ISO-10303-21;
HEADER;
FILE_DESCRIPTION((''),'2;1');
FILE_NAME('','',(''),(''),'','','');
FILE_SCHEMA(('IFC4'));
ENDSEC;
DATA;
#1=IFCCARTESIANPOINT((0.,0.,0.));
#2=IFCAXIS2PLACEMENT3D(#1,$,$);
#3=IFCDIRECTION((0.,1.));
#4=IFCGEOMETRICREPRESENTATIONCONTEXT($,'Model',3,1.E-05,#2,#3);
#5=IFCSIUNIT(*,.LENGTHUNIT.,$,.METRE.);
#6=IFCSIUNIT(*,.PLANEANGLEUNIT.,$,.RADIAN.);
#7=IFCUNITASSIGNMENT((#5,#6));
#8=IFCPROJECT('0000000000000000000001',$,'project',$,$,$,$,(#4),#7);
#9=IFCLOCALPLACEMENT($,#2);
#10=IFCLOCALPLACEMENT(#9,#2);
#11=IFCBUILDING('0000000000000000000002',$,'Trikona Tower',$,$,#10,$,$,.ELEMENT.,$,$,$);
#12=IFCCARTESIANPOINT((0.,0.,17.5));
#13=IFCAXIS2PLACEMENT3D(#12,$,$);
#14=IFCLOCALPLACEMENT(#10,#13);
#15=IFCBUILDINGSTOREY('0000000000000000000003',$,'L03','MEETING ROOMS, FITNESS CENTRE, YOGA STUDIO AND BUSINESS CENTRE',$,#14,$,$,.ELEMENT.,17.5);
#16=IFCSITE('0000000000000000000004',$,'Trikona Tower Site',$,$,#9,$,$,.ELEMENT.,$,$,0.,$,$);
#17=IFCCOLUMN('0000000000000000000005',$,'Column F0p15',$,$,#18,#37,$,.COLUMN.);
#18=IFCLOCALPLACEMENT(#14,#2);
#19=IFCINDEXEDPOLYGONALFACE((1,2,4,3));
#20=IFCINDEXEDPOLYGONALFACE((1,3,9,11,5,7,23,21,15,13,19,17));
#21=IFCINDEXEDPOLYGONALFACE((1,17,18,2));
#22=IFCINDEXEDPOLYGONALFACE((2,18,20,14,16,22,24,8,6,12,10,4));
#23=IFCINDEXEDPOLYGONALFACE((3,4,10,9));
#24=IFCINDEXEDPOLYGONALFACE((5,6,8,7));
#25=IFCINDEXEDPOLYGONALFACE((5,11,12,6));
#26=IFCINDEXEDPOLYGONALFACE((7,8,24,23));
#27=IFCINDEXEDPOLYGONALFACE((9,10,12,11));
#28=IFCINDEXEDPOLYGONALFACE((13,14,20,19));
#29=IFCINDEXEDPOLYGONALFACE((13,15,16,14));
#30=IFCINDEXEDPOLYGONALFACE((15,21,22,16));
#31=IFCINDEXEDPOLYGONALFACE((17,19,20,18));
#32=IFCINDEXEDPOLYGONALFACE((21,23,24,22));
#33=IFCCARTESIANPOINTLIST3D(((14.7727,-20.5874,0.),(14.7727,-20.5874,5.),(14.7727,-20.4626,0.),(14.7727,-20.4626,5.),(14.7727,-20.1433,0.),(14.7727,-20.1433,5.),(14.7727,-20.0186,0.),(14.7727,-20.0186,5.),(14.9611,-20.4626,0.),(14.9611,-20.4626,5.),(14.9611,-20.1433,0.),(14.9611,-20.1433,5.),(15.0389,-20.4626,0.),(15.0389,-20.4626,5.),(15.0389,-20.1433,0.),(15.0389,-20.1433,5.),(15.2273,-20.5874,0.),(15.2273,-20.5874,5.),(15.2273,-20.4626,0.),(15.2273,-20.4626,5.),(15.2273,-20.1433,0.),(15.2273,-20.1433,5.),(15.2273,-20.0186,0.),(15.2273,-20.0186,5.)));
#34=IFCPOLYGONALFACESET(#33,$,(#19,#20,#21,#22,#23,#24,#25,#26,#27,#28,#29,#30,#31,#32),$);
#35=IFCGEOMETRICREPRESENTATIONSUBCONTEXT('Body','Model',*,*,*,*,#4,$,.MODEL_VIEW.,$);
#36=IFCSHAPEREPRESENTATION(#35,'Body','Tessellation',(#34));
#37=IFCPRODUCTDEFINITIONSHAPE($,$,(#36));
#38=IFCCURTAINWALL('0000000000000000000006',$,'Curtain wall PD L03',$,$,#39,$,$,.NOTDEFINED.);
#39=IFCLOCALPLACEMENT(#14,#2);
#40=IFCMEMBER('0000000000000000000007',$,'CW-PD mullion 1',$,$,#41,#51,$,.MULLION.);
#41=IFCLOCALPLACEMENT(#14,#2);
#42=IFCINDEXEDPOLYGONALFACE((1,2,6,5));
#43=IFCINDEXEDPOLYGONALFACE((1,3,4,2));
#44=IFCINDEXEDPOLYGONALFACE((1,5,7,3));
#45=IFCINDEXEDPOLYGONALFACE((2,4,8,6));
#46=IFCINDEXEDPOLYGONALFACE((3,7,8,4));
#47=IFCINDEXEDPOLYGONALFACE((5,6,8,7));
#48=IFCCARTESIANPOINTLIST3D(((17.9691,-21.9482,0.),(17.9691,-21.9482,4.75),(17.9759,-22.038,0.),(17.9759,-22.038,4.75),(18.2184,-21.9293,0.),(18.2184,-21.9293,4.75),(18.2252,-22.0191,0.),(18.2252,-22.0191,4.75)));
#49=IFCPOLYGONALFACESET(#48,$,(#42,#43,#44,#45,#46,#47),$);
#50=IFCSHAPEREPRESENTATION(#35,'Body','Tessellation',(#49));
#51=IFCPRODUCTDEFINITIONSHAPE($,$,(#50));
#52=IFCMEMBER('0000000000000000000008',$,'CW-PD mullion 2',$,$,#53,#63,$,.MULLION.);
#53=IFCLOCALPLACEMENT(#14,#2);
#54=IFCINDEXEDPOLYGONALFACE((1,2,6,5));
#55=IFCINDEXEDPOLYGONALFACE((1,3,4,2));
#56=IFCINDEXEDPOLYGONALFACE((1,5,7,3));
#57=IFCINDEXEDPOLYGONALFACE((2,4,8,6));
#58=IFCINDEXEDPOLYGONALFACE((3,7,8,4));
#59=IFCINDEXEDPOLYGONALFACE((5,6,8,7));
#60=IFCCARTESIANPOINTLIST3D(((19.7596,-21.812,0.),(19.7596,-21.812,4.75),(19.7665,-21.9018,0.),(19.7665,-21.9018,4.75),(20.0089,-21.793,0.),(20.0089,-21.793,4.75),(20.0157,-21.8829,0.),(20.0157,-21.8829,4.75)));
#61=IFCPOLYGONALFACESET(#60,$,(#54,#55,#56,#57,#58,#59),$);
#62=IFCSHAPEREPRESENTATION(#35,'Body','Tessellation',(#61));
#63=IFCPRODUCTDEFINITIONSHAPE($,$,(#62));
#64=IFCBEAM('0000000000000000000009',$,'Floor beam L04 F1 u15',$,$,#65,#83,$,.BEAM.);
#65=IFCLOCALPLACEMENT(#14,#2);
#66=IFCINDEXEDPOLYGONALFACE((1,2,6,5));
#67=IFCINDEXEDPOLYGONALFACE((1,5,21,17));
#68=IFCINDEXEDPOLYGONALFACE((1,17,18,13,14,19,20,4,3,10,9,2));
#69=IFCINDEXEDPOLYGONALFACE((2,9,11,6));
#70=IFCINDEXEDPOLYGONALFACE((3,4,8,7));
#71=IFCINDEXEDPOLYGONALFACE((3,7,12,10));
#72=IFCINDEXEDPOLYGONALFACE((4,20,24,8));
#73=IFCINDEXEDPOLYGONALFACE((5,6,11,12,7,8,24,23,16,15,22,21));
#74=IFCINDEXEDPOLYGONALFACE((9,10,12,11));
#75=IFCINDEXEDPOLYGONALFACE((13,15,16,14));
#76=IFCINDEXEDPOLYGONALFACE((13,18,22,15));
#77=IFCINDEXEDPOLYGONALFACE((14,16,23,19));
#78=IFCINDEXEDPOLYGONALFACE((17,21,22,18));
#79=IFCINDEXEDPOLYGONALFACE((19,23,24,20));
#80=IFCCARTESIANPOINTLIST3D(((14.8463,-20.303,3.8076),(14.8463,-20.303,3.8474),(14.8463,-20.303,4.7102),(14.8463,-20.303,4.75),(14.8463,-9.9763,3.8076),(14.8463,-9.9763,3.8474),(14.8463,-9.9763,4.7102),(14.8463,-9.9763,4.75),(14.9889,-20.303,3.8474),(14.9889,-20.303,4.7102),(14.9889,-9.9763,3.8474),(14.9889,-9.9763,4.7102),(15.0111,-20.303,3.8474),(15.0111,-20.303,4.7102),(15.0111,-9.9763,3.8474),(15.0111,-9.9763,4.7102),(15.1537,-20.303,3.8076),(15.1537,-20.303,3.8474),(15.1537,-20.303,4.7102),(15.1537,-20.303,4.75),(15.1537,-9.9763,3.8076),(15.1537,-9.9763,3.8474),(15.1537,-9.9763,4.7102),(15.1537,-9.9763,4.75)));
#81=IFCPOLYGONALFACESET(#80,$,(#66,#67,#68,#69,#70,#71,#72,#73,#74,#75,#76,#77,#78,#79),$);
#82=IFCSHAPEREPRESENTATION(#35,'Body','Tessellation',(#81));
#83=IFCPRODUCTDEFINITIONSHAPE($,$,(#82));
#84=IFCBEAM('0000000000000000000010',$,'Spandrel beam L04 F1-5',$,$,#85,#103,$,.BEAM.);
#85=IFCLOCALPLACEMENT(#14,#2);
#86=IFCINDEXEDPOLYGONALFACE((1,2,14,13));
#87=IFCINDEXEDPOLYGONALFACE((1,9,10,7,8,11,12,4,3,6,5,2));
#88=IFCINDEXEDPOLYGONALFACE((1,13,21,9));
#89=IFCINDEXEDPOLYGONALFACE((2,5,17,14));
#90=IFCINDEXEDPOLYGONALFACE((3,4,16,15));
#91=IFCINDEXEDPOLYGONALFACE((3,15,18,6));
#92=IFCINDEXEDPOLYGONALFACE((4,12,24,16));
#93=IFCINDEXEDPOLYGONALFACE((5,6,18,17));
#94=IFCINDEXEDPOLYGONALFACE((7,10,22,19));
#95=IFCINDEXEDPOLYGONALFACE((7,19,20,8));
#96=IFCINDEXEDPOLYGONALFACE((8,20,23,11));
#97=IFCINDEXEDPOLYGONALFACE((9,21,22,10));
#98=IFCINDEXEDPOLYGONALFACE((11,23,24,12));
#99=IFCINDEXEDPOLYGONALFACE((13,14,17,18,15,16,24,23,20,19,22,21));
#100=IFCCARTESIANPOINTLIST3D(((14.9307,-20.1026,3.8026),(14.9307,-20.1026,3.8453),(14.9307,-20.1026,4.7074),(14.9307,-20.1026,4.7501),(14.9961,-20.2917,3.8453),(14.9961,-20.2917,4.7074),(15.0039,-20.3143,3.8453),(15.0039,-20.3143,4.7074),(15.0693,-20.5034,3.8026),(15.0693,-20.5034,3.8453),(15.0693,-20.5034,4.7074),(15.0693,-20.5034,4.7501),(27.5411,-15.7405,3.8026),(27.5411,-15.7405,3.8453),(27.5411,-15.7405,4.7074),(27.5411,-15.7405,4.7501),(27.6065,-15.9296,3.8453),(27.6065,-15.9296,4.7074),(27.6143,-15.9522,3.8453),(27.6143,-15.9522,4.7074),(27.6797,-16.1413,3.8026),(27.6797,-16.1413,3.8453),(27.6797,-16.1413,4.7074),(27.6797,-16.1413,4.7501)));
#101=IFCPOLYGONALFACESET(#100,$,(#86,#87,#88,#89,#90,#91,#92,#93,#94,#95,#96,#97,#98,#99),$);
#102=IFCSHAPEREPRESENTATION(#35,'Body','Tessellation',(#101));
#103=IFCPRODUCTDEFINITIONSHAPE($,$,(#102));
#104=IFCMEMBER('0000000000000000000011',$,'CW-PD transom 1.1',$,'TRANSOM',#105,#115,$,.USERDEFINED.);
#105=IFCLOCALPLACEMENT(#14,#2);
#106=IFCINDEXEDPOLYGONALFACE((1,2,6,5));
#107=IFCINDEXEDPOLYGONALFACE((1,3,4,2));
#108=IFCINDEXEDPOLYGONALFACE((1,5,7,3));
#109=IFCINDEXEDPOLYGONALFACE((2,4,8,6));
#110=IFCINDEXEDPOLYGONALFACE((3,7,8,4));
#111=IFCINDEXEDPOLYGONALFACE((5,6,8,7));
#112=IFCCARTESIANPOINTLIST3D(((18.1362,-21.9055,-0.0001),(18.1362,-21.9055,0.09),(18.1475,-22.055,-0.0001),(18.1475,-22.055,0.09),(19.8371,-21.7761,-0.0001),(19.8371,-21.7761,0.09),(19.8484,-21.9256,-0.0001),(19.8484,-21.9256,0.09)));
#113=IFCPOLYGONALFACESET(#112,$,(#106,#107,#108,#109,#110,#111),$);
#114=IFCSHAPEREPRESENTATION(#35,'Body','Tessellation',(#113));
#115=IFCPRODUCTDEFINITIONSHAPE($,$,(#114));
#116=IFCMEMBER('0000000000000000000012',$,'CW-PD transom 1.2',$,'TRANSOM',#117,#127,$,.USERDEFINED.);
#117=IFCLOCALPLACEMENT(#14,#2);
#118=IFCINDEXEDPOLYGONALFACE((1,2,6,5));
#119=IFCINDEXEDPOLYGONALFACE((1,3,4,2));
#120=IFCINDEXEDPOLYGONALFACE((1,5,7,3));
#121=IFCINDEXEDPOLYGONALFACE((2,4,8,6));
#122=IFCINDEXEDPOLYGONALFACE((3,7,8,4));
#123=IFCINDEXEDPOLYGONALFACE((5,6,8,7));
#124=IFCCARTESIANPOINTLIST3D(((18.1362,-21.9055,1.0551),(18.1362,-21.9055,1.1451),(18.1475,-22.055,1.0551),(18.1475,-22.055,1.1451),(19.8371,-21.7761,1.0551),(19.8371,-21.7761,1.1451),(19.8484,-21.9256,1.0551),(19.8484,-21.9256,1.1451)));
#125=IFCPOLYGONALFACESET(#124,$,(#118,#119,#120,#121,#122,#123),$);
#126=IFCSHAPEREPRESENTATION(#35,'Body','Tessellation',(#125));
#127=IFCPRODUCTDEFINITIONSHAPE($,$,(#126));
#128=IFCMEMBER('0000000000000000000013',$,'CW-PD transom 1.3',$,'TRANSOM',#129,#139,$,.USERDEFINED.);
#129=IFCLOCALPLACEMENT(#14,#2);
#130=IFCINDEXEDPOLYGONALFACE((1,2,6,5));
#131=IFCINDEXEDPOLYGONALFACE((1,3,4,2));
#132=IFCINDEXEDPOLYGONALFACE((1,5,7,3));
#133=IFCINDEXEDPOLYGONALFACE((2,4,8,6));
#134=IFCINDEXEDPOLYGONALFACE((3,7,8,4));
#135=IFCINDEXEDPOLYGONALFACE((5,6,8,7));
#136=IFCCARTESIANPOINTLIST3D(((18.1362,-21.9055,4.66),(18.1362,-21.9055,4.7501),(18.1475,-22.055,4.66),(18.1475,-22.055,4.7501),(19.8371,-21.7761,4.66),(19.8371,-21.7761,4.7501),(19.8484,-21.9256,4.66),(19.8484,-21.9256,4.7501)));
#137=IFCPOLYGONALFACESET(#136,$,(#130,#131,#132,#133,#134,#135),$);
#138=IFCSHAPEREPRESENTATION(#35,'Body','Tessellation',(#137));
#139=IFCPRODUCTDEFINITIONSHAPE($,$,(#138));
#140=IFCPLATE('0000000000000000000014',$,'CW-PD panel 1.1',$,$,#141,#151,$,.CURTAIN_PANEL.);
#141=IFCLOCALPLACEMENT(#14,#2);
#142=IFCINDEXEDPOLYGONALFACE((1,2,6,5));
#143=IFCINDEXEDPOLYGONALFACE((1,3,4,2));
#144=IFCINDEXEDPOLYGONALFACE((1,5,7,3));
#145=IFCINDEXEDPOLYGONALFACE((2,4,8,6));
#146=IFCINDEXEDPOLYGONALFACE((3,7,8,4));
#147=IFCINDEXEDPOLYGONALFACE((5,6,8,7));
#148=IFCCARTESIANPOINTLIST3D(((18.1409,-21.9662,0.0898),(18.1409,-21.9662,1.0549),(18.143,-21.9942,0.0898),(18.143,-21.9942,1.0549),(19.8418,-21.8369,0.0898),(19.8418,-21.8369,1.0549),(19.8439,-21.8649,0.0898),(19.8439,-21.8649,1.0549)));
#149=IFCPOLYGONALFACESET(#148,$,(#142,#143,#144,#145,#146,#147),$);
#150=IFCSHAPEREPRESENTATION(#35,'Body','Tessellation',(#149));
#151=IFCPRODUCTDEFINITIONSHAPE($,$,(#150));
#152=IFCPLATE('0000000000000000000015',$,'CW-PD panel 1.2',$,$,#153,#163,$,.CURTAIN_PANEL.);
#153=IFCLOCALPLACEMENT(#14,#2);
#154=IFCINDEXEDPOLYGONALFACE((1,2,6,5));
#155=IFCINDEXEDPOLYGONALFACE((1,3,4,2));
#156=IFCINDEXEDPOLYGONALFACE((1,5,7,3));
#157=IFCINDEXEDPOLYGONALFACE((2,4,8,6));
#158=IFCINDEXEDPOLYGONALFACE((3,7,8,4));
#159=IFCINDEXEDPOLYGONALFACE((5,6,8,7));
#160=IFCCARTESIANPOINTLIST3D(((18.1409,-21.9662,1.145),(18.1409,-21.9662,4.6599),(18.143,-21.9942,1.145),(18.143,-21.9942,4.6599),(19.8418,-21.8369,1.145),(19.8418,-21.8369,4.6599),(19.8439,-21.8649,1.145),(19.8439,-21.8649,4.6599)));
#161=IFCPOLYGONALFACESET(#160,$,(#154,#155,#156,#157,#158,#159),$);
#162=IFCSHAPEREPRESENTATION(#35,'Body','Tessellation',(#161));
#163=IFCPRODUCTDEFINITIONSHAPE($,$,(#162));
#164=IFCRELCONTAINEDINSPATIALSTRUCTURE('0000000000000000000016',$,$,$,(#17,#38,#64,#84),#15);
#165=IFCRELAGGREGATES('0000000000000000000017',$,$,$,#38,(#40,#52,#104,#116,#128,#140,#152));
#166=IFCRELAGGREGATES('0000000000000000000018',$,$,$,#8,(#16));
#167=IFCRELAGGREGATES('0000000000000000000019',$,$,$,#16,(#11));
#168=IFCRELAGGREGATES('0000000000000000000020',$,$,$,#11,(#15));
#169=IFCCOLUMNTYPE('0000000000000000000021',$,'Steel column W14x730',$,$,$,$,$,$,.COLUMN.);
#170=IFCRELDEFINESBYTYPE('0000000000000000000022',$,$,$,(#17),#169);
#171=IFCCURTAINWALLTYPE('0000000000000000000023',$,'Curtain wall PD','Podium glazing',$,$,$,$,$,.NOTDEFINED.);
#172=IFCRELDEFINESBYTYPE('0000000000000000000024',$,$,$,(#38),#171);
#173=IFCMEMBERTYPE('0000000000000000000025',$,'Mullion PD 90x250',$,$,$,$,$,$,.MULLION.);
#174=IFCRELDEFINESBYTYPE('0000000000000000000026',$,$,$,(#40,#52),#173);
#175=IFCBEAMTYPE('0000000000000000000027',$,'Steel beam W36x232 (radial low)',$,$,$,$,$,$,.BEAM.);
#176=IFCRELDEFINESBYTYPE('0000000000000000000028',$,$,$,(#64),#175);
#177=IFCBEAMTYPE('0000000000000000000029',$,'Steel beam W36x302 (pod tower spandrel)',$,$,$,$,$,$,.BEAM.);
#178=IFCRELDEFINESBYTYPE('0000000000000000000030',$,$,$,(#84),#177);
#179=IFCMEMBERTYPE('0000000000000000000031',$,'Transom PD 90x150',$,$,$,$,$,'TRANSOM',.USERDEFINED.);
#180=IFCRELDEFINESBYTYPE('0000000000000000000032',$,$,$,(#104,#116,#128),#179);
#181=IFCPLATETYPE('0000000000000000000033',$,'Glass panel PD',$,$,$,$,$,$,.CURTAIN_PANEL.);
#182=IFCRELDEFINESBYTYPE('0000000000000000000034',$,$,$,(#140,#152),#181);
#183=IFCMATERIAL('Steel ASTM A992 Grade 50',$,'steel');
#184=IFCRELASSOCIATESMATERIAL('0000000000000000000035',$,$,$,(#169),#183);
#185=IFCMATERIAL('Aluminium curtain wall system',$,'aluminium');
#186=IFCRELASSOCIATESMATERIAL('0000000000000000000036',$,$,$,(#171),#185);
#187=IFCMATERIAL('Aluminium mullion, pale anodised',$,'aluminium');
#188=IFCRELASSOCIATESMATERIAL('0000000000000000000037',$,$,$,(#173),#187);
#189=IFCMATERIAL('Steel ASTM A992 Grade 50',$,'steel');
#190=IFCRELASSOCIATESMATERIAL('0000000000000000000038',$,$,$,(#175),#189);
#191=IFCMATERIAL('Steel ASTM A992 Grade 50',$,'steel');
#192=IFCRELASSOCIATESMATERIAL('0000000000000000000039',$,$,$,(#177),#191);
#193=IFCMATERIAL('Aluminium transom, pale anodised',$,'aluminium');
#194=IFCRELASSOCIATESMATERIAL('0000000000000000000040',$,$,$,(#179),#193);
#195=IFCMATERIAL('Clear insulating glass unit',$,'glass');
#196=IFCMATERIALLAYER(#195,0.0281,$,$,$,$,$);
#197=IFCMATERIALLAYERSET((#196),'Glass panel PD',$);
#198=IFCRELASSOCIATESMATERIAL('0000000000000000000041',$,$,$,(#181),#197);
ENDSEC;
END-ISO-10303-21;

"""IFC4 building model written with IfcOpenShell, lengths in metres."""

from ifc_helpers import new_model, si_unit, direction, frame, origin, origin_2d, place, context, subcontext, project, spatial, rectangle, i_section, extrude, material, layer, layer_set, material_profile, profile_set, type_object, element, aggregate, save


model = new_model("IFC4")

# Units and contexts
model_context = context("Model", 3, precision=1e-05, world=origin(), true_north=direction((0.0, 1.0)))
body_context = subcontext(model_context, "Body", "Model", "MODEL_VIEW")
ifc_project = project(units=[si_unit("LENGTHUNIT", "METRE"), si_unit("PLANEANGLEUNIT", "RADIAN")], contexts=[model_context])

# Site, building, storey
site_placement = place(None, origin())
site = spatial("IfcSite", under=ifc_project, at=site_placement, Name="Trikona Tower Site", CompositionType="ELEMENT", RefElevation=0.0)
building_placement = place(site_placement, origin())
building = spatial("IfcBuilding", under=site, at=building_placement, Name="Trikona Tower", CompositionType="ELEMENT")
storey_placement = place(building_placement, frame((0.0, 0.0, 17.5)))
storey = spatial("IfcBuildingStorey", under=building, at=storey_placement, Name="L03", Description="MEETING ROOMS, FITNESS CENTRE, YOGA STUDIO AND BUSINESS CENTRE", CompositionType="ELEMENT", Elevation=17.5)

# Column
ifc_material_1 = material(Name="Steel ASTM A992 Grade 50", Category="steel")
ifc_material_profile_1 = material_profile(ifc_material_1, i_section(OverallWidth=0.4546, OverallDepth=0.5688, WebThickness=0.0779, FlangeThickness=0.1248, at=origin_2d()), Name="W14X730")
ifc_profile_set_1 = profile_set([ifc_material_profile_1], Name="Steel ASTM A992 Grade 50")
column_type = type_object("IfcColumnType", Name="Steel column W14x730", PredefinedType="COLUMN", material=ifc_profile_set_1)
column_placement = place(storey_placement, frame((15.0, -20.303, 0.0), z_axis=(0.0, 0.0, 1.0), x_axis=(1.0, 0.0, 0.0)))
element("IfcColumn", 1, at=column_placement, inside=storey, type_object=column_type, Name="Column F0p15", PredefinedType="COLUMN", context=body_context, shape_type="SweptSolid", body=[
    extrude(i_section(OverallWidth=0.4546, OverallDepth=0.5688, WebThickness=0.0779, FlangeThickness=0.1248, at=origin_2d()), origin(), (0.0, 0.0, 1.0), 5.0),
])

# Curtain wall, members
ifc_material_2 = material(Name="Aluminium curtain wall system", Category="aluminium")
curtain_wall_type = type_object("IfcCurtainWallType", Name="Curtain wall PD", Description="Podium glazing", PredefinedType="NOTDEFINED", material=ifc_material_2)
curtain_wall_placement = place(storey_placement, origin())
curtain_wall = element("IfcCurtainWall", 2, at=curtain_wall_placement, inside=storey, type_object=curtain_wall_type, Name="Curtain wall PD L03", PredefinedType="NOTDEFINED")
ifc_material_3 = material(Name="Aluminium mullion, pale anodised", Category="aluminium")
ifc_material_profile_2 = material_profile(ifc_material_3, rectangle(XDim=0.0901, YDim=0.25, at=origin_2d()), Name="MUL-PD")
ifc_profile_set_2 = profile_set([ifc_material_profile_2], Name="Aluminium mullion, pale anodised")
member_type_1 = type_object("IfcMemberType", Name="Mullion PD 90x250", PredefinedType="MULLION", material=ifc_profile_set_2)
member_1_placement = place(storey_placement, frame((18.0972, -21.9836, 0.0), z_axis=(0.0, 0.0, 1.0), x_axis=(-0.075776, 0.997125, 0.0)))
member_1 = element("IfcMember", 3, at=member_1_placement, type_object=member_type_1, Name="CW-PD mullion 1", PredefinedType="MULLION", context=body_context, shape_type="SweptSolid", body=[
    extrude(rectangle(XDim=0.0901, YDim=0.25, at=origin_2d()), origin(), (0.0, 0.0, 1.0), 4.75),
])
member_2_placement = place(storey_placement, frame((19.8877, -21.8474, 0.0), z_axis=(0.0, 0.0, 1.0), x_axis=(-0.075776, 0.997125, 0.0)))
member_2 = element("IfcMember", 4, at=member_2_placement, type_object=member_type_1, Name="CW-PD mullion 2", PredefinedType="MULLION", context=body_context, shape_type="SweptSolid", body=[
    extrude(rectangle(XDim=0.0901, YDim=0.25, at=origin_2d()), origin(), (0.0, 0.0, 1.0), 4.75),
])

# Beams
ifc_material_4 = material(Name="Steel ASTM A992 Grade 50", Category="steel")
ifc_material_profile_3 = material_profile(ifc_material_4, i_section(OverallWidth=0.3074, OverallDepth=0.9424, WebThickness=0.0222, FlangeThickness=0.0398, at=origin_2d()), Name="W36X232")
ifc_profile_set_3 = profile_set([ifc_material_profile_3], Name="Steel ASTM A992 Grade 50")
beam_type_1 = type_object("IfcBeamType", Name="Steel beam W36x232 (radial low)", PredefinedType="BEAM", material=ifc_profile_set_3)
beam_1_placement = place(storey_placement, frame((15.0, -9.9763, 4.2788), z_axis=(0.0, -1.0, 0.0), x_axis=(1.0, 0.0, 0.0)))
element("IfcBeam", 5, at=beam_1_placement, inside=storey, type_object=beam_type_1, Name="Floor beam L04 F1 u15", PredefinedType="BEAM", context=body_context, shape_type="SweptSolid", body=[
    extrude(i_section(OverallWidth=0.3074, OverallDepth=0.9424, WebThickness=0.0222, FlangeThickness=0.0398, at=origin_2d()), origin(), (0.0, 0.0, 1.0), 10.3267),
])
ifc_material_5 = material(Name="Steel ASTM A992 Grade 50", Category="steel")
ifc_material_profile_4 = material_profile(ifc_material_5, i_section(OverallWidth=0.4241, OverallDepth=0.9475, WebThickness=0.0239, FlangeThickness=0.0427, at=origin_2d()), Name="W36X302")
ifc_profile_set_4 = profile_set([ifc_material_profile_4], Name="Steel ASTM A992 Grade 50")
beam_type_2 = type_object("IfcBeamType", Name="Steel beam W36x302 (pod tower spandrel)", PredefinedType="BEAM", material=ifc_profile_set_4)
beam_2_placement = place(storey_placement, frame((15.0, -20.303, 4.2764), z_axis=(0.945057, 0.326906, 0.0), x_axis=(-0.326906, 0.945057, 0.0)))
element("IfcBeam", 6, at=beam_2_placement, inside=storey, type_object=beam_type_2, Name="Spandrel beam L04 F1-5", PredefinedType="BEAM", context=body_context, shape_type="SweptSolid", body=[
    extrude(i_section(OverallWidth=0.4241, OverallDepth=0.9475, WebThickness=0.0239, FlangeThickness=0.0427, at=origin_2d()), origin(), (0.0, 0.0, 1.0), 13.3435),
])

# Members
ifc_material_6 = material(Name="Aluminium transom, pale anodised", Category="aluminium")
ifc_material_profile_5 = material_profile(ifc_material_6, rectangle(XDim=0.1499, YDim=0.0901, at=origin_2d()), Name="TRN-PD")
ifc_profile_set_5 = profile_set([ifc_material_profile_5], Name="Aluminium transom, pale anodised")
member_type_2 = type_object("IfcMemberType", Name="Transom PD 90x150", ElementType="TRANSOM", PredefinedType="USERDEFINED", material=ifc_profile_set_5)
member_3_placement = place(storey_placement, frame((18.1418, -21.9802, 0.0449), z_axis=(0.997119, 0.075854, 0.0), x_axis=(-0.075854, 0.997119, 0.0)))
member_3 = element("IfcMember", 7, at=member_3_placement, type_object=member_type_2, Name="CW-PD transom 1.1", ObjectType="TRANSOM", PredefinedType="USERDEFINED", context=body_context, shape_type="SweptSolid", body=[
    extrude(rectangle(XDim=0.1499, YDim=0.0901, at=origin_2d()), origin(), (0.0, 0.0, 1.0), 1.7058),
])
member_4_placement = place(storey_placement, frame((18.1418, -21.9802, 1.1001), z_axis=(0.997119, 0.075854, 0.0), x_axis=(-0.075854, 0.997119, 0.0)))
member_4 = element("IfcMember", 8, at=member_4_placement, type_object=member_type_2, Name="CW-PD transom 1.2", ObjectType="TRANSOM", PredefinedType="USERDEFINED", context=body_context, shape_type="SweptSolid", body=[
    extrude(rectangle(XDim=0.1499, YDim=0.0901, at=origin_2d()), origin(), (0.0, 0.0, 1.0), 1.7058),
])
member_5_placement = place(storey_placement, frame((18.1418, -21.9802, 4.7051), z_axis=(0.997119, 0.075854, 0.0), x_axis=(-0.075854, 0.997119, 0.0)))
member_5 = element("IfcMember", 9, at=member_5_placement, type_object=member_type_2, Name="CW-PD transom 1.3", ObjectType="TRANSOM", PredefinedType="USERDEFINED", context=body_context, shape_type="SweptSolid", body=[
    extrude(rectangle(XDim=0.1499, YDim=0.0901, at=origin_2d()), origin(), (0.0, 0.0, 1.0), 1.7058),
])

# Plates
ifc_material_7 = material(Name="Clear insulating glass unit", Category="glass")
ifc_layer_1 = layer(ifc_material_7, 0.0281)
ifc_layer_set_1 = layer_set([ifc_layer_1], Name="Glass panel PD")
plate_type = type_object("IfcPlateType", Name="Glass panel PD", PredefinedType="CURTAIN_PANEL", material=ifc_layer_set_1)
plate_1_placement = place(storey_placement, frame((18.9924, -21.9155, 0.0898), z_axis=(0.0, 0.0, 1.0), x_axis=(0.997125, 0.075776, 0.0)))
plate_1 = element("IfcPlate", 10, at=plate_1_placement, type_object=plate_type, Name="CW-PD panel 1.1", PredefinedType="CURTAIN_PANEL", context=body_context, shape_type="SweptSolid", body=[
    extrude(rectangle(XDim=1.7058, YDim=0.0281, at=origin_2d()), origin(), (0.0, 0.0, 1.0), 0.9651),
])
plate_2_placement = place(storey_placement, frame((18.9924, -21.9155, 1.145), z_axis=(0.0, 0.0, 1.0), x_axis=(0.997125, 0.075776, 0.0)))
plate_2 = element("IfcPlate", 11, at=plate_2_placement, type_object=plate_type, Name="CW-PD panel 1.2", PredefinedType="CURTAIN_PANEL", context=body_context, shape_type="SweptSolid", body=[
    extrude(rectangle(XDim=1.7058, YDim=0.0281, at=origin_2d()), origin(), (0.0, 0.0, 1.0), 3.5149),
])
aggregate(curtain_wall, [member_1, member_2, member_3, member_4, member_5, plate_1, plate_2])

save(model, "model.ifc")
